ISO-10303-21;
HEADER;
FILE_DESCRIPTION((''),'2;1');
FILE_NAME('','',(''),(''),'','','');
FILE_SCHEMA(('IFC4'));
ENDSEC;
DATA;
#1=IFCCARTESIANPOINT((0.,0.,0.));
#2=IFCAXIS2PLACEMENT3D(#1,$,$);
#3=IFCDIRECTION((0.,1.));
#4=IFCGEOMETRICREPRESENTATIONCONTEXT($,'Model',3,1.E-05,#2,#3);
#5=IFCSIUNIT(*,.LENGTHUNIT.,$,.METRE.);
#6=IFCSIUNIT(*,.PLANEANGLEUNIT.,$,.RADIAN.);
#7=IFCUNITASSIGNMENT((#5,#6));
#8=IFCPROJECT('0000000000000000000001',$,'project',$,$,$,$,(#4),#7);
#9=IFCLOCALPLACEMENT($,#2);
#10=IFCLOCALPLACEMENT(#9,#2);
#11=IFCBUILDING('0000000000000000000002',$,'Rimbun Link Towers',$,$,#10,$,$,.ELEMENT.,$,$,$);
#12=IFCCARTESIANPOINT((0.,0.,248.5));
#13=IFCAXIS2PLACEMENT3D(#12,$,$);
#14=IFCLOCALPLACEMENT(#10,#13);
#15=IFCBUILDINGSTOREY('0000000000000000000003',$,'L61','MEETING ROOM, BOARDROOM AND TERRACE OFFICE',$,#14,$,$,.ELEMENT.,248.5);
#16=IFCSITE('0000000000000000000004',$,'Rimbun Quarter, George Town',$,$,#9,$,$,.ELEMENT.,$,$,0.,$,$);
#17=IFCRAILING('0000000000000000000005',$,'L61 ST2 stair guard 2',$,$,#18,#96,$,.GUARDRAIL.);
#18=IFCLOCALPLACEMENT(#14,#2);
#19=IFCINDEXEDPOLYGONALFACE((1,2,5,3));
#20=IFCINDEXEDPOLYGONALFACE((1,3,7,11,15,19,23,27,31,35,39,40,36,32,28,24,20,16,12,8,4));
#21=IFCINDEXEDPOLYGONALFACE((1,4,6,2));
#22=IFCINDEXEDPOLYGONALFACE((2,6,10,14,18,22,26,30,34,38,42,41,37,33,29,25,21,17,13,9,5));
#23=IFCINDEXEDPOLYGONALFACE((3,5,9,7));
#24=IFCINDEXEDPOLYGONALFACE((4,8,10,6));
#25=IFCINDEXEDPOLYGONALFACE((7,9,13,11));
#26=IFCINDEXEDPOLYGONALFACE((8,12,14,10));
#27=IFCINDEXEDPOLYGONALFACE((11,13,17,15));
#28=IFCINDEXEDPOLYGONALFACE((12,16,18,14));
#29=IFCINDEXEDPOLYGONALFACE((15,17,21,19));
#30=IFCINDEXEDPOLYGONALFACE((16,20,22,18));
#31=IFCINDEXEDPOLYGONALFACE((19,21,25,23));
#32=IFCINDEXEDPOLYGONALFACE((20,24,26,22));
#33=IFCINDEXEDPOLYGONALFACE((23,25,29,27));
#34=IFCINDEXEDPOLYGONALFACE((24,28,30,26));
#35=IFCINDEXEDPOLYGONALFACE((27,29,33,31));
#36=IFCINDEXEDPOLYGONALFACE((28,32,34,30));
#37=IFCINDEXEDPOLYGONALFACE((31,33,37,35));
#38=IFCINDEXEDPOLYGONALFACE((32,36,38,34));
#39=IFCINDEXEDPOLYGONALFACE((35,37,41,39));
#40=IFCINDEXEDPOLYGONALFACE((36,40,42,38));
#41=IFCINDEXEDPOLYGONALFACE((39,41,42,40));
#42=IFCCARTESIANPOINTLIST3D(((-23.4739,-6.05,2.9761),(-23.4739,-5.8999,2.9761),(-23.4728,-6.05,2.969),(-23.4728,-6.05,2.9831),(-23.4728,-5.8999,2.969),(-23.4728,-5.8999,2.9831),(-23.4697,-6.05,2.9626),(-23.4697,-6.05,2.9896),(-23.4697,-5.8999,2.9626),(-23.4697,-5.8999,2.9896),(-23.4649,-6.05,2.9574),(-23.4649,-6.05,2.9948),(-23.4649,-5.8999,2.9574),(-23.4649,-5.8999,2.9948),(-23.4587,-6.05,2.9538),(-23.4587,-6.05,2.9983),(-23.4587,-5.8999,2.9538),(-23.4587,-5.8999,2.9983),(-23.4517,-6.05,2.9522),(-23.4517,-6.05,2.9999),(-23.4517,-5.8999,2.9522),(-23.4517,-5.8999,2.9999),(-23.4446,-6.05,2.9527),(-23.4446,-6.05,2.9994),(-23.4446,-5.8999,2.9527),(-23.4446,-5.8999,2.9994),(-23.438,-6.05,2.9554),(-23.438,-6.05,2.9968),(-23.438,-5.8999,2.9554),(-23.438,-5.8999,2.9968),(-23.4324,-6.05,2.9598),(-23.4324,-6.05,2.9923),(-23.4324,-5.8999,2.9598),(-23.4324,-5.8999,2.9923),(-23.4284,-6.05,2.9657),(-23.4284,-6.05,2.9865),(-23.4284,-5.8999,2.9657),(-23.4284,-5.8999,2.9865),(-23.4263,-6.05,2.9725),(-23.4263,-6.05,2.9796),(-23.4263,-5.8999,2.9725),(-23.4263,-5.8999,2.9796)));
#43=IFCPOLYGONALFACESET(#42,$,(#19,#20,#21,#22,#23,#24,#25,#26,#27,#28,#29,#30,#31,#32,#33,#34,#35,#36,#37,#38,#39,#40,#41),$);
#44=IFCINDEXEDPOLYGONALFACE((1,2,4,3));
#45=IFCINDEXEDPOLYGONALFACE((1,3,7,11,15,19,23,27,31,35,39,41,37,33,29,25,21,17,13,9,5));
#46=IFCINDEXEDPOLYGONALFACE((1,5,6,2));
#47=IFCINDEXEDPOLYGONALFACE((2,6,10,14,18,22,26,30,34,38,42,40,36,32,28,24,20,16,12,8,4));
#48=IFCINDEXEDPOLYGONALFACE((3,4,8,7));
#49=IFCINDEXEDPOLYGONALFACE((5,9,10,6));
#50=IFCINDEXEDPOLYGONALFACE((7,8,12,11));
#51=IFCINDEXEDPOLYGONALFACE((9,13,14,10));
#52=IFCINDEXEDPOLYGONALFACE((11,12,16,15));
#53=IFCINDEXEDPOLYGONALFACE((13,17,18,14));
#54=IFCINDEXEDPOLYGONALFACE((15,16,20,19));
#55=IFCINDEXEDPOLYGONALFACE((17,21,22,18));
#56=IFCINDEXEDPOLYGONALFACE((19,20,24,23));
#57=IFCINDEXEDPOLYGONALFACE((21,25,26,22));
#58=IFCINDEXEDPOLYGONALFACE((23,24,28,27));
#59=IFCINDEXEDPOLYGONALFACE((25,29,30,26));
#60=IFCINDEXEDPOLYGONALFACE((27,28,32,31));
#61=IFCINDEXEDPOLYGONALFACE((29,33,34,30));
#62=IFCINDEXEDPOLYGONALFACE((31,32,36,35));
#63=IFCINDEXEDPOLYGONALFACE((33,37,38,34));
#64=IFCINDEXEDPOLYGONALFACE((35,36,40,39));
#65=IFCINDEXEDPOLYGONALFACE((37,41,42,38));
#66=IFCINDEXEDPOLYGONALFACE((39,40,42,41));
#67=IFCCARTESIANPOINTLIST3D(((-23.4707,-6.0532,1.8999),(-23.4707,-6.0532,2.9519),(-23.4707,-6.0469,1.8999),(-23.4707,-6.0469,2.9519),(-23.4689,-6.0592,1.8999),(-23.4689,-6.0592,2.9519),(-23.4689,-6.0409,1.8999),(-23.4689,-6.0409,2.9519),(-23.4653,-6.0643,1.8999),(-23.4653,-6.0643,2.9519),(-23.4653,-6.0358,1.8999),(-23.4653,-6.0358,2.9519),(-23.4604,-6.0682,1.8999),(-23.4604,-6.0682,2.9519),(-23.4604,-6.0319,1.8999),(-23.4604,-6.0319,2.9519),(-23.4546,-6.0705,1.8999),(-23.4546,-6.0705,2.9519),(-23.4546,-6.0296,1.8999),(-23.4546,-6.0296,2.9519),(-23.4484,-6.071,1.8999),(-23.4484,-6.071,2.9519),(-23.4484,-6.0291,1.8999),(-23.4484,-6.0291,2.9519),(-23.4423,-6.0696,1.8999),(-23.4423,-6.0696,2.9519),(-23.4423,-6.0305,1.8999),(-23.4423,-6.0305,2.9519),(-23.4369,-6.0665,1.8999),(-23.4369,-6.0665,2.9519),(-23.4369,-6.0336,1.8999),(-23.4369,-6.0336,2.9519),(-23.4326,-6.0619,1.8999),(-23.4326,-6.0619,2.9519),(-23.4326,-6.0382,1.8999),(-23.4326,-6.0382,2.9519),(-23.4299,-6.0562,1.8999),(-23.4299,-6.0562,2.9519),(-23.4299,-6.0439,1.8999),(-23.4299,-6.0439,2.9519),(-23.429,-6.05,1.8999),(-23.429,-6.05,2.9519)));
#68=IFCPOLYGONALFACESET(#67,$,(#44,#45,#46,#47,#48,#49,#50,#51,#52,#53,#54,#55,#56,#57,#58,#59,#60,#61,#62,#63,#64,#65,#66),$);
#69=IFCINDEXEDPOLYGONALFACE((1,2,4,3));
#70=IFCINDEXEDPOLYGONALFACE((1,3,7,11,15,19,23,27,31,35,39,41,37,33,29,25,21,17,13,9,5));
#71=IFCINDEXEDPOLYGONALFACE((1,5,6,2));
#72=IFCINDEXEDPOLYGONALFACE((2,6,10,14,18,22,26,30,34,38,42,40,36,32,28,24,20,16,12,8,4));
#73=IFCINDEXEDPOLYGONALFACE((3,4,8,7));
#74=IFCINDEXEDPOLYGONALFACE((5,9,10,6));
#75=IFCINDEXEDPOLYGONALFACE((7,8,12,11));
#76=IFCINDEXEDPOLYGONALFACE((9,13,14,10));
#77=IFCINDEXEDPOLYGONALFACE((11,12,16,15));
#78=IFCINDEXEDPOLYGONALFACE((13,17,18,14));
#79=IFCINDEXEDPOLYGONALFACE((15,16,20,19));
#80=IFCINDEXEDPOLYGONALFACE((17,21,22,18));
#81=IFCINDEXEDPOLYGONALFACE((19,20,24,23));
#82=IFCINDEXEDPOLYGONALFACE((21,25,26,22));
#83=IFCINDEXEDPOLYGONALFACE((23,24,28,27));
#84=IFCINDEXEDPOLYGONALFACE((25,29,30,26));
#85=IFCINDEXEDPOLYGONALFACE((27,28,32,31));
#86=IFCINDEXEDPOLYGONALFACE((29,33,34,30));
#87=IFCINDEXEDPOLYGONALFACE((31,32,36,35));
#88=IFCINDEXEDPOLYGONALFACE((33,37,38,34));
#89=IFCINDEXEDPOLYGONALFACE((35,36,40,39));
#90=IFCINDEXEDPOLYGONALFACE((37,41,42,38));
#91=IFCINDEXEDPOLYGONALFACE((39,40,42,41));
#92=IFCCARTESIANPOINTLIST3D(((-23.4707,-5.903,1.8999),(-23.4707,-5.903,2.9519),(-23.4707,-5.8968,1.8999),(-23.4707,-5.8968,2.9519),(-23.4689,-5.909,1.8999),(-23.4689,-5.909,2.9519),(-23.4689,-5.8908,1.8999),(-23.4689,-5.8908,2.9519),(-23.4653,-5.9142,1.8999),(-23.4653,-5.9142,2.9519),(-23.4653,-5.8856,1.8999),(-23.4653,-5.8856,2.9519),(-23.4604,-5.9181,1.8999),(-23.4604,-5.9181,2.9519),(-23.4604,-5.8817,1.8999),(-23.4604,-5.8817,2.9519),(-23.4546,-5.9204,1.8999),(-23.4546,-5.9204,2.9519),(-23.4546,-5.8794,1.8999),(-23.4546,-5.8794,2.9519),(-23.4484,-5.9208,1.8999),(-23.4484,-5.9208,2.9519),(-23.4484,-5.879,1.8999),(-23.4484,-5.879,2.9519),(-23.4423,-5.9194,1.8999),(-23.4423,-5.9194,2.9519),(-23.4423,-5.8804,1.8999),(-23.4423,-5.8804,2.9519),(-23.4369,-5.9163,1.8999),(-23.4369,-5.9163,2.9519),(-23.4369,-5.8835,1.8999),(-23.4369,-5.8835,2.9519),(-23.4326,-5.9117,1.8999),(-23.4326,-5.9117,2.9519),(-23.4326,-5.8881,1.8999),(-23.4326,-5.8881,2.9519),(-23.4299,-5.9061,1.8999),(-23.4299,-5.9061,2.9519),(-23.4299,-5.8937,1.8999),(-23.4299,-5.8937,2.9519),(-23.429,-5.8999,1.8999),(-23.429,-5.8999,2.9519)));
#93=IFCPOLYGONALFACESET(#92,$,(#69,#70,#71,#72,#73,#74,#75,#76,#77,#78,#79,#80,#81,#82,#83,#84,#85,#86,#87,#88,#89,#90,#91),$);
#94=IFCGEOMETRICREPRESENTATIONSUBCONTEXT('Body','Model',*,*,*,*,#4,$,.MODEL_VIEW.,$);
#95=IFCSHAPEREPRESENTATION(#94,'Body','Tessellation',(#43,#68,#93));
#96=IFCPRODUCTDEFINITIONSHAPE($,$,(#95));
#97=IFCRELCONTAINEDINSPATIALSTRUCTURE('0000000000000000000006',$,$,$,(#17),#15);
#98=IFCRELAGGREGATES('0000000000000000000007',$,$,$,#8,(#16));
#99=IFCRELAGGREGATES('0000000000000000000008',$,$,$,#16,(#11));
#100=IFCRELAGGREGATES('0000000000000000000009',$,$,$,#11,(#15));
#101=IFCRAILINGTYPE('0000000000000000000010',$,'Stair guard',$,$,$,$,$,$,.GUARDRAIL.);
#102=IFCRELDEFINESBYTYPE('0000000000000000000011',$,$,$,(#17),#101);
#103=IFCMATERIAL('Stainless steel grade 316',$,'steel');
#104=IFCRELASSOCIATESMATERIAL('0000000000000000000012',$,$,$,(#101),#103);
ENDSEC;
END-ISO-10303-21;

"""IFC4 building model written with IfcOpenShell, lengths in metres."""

from ifc_helpers import new_model, si_unit, direction, frame, origin, origin_2d, place, context, subcontext, project, spatial, circle, extrude, material, type_object, element, save


model = new_model("IFC4")

# Units and contexts
model_context = context("Model", 3, precision=1e-05, world=origin(), true_north=direction((0.0, 1.0)))
body_context = subcontext(model_context, "Body", "Model", "MODEL_VIEW")
ifc_project = project(units=[si_unit("LENGTHUNIT", "METRE"), si_unit("PLANEANGLEUNIT", "RADIAN")], contexts=[model_context])

# Site, building, storey
site_placement = place(None, origin())
site = spatial("IfcSite", under=ifc_project, at=site_placement, Name="Rimbun Quarter, George Town", CompositionType="ELEMENT", RefElevation=0.0)
building_placement = place(site_placement, origin())
building = spatial("IfcBuilding", under=site, at=building_placement, Name="Rimbun Link Towers", CompositionType="ELEMENT")
storey_placement = place(building_placement, frame((0.0, 0.0, 248.5)))
storey = spatial("IfcBuildingStorey", under=building, at=storey_placement, Name="L61", Description="MEETING ROOM, BOARDROOM AND TERRACE OFFICE", CompositionType="ELEMENT", Elevation=248.5)

# Railing
ifc_material_1 = material(Name="Stainless steel grade 316", Category="steel")
railing_type_1 = type_object("IfcRailingType", Name="Stair guard", PredefinedType="GUARDRAIL", material=ifc_material_1)
railing_1_placement = place(storey_placement, frame((-23.45, -6.05, 1.8999)))
element("IfcRailing", 1, at=railing_1_placement, inside=storey, type_object=railing_type_1, Name="L61 ST2 stair guard 2", PredefinedType="GUARDRAIL", context=body_context, shape_type="SweptSolid", body=[
    extrude(circle(Radius=0.0239, at=origin_2d()), frame((0.0, 0.0, 1.0762), z_axis=(0.0, 1.0, 0.0), x_axis=(-1.0, 0.0, 0.0)), (0.0, 0.0, 1.0), 0.1501),
    extrude(circle(Radius=0.021, at=origin_2d()), origin(), (0.0, 0.0, 1.0), 1.052),
    extrude(circle(Radius=0.021, at=origin_2d()), frame((0.0, 0.1501, 0.0)), (0.0, 0.0, 1.0), 1.052),
])

save(model, "model.ifc")
